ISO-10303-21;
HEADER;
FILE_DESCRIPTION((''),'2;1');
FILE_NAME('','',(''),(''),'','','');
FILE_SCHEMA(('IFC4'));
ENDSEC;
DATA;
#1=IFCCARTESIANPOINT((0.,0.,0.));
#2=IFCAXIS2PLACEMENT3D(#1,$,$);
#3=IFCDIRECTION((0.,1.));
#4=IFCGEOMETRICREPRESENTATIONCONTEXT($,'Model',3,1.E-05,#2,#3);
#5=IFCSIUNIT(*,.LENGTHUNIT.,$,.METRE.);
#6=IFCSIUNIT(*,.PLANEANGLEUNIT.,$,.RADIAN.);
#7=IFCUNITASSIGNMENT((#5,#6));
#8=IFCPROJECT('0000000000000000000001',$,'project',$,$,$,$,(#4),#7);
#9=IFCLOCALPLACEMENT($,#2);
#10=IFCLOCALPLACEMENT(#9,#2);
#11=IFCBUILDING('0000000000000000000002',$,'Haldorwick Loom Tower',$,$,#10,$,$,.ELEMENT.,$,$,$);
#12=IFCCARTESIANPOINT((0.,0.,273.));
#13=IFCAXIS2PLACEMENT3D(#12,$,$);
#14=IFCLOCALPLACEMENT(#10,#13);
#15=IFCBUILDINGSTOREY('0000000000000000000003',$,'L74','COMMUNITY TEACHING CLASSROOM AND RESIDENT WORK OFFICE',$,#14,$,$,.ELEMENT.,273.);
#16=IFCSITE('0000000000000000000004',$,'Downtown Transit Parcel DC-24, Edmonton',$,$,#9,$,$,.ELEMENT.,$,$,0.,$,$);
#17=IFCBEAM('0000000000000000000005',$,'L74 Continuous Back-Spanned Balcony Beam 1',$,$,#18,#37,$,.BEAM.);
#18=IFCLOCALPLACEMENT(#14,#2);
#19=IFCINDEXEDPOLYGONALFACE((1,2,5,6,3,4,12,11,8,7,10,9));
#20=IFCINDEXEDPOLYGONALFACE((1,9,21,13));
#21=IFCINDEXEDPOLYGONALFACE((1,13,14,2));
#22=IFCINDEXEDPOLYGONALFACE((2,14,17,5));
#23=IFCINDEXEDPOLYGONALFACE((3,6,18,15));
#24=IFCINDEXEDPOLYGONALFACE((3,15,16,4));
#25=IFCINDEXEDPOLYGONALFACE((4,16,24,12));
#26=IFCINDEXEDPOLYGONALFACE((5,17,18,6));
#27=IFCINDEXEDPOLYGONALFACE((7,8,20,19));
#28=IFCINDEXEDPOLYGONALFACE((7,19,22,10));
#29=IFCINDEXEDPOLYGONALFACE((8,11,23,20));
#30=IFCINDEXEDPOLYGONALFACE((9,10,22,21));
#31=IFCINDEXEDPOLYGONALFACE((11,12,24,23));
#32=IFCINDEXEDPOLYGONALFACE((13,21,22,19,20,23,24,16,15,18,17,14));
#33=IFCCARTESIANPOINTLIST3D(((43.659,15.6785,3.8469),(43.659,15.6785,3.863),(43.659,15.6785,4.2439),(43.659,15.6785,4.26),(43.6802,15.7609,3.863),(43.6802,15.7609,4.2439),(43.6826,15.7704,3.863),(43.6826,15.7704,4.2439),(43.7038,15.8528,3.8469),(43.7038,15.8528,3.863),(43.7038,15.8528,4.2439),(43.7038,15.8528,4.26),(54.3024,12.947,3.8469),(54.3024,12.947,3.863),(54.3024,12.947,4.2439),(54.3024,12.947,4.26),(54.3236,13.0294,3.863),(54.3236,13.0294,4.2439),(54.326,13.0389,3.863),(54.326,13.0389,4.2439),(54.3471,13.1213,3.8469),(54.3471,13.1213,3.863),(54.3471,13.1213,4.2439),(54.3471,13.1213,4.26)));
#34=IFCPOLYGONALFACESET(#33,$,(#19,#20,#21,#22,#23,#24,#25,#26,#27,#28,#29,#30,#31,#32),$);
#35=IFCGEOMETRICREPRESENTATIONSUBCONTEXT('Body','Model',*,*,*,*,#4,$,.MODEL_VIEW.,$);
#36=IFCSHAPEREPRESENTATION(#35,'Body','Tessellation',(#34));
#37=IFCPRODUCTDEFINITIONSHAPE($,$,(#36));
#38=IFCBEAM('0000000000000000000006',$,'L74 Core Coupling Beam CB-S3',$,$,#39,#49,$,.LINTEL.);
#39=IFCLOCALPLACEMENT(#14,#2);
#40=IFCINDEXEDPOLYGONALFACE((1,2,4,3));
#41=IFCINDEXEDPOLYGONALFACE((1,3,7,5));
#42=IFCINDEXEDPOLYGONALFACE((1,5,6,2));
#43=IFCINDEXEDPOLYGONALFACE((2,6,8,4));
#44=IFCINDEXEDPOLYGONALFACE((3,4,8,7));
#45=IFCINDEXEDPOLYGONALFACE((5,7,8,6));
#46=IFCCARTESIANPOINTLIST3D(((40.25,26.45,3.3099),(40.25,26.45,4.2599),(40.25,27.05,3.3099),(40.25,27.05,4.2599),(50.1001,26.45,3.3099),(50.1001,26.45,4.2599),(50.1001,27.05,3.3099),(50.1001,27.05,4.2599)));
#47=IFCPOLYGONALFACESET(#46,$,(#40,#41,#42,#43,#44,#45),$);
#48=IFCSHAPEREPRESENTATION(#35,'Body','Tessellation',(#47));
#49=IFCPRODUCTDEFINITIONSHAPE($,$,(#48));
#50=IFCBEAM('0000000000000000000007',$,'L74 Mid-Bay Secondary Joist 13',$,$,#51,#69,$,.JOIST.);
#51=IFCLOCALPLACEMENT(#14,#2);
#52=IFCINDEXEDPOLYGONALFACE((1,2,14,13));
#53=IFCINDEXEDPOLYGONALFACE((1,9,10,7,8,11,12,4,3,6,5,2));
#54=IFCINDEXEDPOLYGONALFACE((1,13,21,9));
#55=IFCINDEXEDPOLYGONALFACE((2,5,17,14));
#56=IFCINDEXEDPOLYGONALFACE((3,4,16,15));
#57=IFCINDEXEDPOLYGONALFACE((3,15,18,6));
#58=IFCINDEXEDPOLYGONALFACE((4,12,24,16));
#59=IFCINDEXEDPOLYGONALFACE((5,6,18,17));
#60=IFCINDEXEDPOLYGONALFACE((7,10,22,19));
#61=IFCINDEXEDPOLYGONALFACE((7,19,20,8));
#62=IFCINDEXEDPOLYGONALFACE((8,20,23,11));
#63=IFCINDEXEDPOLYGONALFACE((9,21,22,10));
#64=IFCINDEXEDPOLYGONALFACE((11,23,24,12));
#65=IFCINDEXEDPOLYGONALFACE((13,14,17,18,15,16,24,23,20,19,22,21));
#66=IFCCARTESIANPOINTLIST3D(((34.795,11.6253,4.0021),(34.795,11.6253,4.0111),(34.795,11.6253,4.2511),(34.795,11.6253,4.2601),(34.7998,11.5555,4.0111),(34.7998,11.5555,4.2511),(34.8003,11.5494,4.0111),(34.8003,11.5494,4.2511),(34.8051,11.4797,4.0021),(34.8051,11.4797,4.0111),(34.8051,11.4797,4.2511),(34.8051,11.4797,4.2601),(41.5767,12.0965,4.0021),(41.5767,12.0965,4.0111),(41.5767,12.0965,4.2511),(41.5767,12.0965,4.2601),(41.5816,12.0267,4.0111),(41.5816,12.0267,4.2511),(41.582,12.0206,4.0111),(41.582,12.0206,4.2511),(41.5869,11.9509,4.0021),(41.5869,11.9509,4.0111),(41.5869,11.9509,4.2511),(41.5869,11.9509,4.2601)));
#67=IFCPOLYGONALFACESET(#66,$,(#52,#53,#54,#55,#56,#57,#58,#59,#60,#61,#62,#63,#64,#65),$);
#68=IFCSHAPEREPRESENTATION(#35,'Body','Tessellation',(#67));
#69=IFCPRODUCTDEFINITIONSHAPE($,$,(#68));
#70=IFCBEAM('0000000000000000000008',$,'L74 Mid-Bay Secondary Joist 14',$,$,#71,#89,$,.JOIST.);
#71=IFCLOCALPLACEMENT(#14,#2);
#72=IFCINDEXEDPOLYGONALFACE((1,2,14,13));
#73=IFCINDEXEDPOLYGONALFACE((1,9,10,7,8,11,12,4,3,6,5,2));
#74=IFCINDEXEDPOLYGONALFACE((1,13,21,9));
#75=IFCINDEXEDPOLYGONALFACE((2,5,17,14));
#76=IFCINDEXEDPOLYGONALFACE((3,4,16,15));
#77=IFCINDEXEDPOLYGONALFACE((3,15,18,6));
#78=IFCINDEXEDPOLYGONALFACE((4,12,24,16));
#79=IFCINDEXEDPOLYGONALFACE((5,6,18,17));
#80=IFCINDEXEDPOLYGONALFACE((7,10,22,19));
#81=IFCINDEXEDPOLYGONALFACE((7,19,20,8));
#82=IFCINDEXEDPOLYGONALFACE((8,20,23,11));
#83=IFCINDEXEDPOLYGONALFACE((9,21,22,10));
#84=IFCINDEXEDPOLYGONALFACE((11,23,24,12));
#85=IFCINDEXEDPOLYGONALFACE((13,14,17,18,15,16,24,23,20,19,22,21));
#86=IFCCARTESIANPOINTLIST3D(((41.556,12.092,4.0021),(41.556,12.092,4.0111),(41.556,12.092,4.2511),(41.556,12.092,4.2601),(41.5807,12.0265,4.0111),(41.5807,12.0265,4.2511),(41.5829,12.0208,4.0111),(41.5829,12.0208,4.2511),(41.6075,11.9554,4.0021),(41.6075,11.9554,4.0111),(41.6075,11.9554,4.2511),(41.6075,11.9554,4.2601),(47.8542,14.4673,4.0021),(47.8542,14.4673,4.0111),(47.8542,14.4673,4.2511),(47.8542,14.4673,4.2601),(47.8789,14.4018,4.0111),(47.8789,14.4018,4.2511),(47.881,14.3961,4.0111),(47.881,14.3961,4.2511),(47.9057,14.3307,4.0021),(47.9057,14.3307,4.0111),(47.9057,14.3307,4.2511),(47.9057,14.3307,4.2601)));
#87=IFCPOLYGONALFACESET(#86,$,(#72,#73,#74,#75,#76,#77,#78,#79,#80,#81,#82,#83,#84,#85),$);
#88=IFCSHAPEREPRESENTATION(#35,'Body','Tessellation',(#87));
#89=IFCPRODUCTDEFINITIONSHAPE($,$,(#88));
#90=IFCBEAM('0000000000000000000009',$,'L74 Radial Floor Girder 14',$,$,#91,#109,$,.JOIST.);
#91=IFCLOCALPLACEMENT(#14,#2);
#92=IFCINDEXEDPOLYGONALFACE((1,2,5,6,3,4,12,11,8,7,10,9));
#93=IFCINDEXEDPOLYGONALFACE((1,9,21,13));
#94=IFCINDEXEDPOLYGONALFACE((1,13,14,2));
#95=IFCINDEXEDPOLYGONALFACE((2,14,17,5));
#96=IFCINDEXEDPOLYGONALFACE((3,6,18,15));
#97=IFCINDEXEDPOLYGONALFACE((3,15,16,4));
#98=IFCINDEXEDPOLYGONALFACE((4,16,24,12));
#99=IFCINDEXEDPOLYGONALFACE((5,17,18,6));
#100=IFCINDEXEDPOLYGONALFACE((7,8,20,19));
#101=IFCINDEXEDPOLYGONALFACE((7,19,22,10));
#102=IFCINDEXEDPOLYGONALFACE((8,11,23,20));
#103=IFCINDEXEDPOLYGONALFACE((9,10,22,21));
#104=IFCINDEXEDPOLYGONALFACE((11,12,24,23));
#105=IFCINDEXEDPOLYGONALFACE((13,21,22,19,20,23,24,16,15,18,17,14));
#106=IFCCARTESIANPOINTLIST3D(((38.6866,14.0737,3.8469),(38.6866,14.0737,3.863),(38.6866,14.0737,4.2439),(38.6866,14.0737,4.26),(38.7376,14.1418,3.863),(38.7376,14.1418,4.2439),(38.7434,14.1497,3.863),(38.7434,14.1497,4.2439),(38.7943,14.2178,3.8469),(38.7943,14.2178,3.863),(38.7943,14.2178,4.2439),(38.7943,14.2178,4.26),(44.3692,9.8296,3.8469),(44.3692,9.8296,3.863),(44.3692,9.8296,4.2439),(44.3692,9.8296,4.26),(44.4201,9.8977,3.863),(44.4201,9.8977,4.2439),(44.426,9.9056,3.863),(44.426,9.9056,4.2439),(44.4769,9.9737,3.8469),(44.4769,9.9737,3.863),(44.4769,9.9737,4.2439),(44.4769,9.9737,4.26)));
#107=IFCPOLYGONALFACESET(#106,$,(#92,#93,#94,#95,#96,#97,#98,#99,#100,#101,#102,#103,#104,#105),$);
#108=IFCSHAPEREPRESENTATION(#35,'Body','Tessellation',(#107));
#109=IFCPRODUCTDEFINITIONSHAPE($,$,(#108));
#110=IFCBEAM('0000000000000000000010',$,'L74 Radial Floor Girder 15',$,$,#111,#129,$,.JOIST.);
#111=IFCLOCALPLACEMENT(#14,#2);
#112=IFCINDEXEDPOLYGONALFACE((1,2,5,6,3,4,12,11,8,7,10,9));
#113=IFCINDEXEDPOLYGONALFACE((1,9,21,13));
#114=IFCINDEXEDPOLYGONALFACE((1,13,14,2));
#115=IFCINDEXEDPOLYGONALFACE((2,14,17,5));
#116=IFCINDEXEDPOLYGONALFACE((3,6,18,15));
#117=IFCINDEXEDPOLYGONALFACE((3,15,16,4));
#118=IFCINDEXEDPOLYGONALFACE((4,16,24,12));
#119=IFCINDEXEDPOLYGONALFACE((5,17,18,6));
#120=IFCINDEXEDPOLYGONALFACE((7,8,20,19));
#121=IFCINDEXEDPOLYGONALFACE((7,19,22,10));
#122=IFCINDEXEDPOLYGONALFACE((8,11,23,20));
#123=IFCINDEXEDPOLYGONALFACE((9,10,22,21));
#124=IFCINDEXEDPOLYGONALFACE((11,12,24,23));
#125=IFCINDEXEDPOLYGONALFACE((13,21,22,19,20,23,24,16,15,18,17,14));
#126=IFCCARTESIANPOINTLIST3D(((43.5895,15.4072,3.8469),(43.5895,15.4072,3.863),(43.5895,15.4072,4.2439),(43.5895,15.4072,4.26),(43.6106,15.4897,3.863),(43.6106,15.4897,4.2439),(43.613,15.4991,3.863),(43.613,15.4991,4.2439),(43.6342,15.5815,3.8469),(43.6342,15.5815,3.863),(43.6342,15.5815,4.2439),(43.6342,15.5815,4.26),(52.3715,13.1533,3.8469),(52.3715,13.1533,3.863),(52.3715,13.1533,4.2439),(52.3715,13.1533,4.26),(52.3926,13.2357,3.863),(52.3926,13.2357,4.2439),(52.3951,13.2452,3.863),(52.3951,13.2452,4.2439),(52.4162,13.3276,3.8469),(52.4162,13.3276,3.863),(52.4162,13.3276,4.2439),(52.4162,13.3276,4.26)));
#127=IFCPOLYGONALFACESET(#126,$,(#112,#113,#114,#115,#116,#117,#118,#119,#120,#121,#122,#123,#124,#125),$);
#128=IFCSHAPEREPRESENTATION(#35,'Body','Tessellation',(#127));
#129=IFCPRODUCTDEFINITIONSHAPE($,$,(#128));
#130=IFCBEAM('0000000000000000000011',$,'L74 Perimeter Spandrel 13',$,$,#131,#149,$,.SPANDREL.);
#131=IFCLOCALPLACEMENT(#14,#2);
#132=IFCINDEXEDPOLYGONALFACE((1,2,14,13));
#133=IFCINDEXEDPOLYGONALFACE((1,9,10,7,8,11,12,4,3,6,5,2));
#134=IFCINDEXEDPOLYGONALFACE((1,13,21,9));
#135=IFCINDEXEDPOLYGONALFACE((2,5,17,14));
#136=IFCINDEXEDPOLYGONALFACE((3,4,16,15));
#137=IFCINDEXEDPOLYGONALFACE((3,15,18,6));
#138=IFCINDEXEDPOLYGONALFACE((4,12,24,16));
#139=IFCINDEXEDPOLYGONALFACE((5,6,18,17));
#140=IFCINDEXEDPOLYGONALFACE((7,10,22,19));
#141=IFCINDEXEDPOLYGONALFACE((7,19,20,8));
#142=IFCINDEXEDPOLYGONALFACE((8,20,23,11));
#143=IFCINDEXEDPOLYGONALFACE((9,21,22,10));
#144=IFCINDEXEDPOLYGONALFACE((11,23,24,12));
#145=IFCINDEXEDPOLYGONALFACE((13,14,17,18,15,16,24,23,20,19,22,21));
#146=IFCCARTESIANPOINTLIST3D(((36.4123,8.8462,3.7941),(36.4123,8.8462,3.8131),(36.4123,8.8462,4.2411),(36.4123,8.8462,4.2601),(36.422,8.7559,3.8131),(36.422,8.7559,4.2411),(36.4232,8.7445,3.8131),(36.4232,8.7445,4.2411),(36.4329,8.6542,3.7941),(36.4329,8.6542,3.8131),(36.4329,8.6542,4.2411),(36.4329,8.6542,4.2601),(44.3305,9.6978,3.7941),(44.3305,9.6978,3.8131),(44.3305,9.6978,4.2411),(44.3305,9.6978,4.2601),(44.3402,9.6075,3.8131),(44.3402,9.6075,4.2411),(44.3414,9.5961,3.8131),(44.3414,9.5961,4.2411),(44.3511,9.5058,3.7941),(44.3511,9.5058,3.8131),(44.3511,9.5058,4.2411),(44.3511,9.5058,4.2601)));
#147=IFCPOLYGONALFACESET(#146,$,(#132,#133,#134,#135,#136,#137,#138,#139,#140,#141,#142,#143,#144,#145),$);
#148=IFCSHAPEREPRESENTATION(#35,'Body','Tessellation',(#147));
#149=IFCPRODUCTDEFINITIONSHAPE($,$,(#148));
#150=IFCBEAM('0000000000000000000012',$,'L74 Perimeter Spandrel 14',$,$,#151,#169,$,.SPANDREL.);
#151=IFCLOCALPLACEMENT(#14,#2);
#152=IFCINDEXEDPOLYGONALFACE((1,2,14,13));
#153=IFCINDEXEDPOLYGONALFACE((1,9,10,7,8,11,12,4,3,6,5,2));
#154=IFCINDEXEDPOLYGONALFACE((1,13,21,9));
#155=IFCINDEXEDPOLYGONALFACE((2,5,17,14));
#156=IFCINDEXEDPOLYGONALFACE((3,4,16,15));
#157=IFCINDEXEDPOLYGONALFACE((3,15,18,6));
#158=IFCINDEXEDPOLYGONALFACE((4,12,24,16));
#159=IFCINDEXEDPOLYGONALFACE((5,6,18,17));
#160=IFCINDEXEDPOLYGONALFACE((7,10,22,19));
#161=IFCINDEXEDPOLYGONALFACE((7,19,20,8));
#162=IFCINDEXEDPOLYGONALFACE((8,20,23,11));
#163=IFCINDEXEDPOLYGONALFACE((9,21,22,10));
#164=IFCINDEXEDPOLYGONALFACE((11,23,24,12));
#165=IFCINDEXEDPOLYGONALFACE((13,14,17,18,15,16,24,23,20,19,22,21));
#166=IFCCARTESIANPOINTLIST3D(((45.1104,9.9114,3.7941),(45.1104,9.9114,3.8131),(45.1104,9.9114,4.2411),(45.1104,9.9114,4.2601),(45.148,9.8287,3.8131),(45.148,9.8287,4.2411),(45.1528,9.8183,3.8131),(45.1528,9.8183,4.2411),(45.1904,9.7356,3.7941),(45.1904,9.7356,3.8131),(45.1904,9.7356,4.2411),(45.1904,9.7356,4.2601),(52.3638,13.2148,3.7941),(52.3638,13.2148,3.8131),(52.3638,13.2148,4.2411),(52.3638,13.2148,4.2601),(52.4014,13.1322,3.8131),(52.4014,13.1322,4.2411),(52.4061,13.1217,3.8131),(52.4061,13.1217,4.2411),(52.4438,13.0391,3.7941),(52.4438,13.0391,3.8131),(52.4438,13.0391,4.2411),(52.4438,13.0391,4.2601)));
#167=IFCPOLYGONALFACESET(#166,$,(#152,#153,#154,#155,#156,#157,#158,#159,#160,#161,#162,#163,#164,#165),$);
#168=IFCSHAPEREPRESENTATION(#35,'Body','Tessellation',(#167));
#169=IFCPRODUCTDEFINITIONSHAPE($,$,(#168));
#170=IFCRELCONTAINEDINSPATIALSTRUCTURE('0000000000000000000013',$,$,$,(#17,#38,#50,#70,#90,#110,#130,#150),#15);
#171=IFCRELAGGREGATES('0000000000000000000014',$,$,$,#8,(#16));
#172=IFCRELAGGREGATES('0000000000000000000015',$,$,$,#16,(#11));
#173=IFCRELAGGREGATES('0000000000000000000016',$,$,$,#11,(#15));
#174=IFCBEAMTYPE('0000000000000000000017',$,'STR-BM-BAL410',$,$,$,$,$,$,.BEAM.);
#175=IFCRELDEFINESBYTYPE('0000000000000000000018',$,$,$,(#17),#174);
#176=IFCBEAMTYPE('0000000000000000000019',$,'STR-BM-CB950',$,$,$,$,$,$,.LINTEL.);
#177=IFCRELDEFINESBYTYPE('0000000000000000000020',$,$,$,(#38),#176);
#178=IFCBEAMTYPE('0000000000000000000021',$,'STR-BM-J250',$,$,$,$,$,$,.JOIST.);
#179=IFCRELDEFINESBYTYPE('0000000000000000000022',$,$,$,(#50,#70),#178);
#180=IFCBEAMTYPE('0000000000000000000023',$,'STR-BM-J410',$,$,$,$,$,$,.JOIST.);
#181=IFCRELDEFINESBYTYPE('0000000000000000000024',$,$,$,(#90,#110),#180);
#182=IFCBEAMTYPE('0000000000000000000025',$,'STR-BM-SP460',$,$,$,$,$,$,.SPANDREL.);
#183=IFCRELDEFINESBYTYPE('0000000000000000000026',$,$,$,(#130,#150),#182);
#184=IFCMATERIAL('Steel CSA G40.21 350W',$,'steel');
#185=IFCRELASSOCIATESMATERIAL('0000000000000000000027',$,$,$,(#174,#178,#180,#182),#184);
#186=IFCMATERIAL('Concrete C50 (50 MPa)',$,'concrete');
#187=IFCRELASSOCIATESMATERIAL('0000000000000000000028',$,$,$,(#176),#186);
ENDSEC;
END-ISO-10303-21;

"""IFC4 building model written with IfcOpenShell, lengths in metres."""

from ifc_helpers import new_model, si_unit, direction, frame, origin, origin_2d, place, context, subcontext, project, spatial, rectangle, i_section, extrude, material, material_profile, profile_set, type_object, element, save


model = new_model("IFC4")

# Units and contexts
model_context = context("Model", 3, precision=1e-05, world=origin(), true_north=direction((0.0, 1.0)))
body_context = subcontext(model_context, "Body", "Model", "MODEL_VIEW")
ifc_project = project(units=[si_unit("LENGTHUNIT", "METRE"), si_unit("PLANEANGLEUNIT", "RADIAN")], contexts=[model_context])

# Site, building, storey
site_placement = place(None, origin())
site = spatial("IfcSite", under=ifc_project, at=site_placement, Name="Downtown Transit Parcel DC-24, Edmonton", CompositionType="ELEMENT", RefElevation=0.0)
building_placement = place(site_placement, origin())
building = spatial("IfcBuilding", under=site, at=building_placement, Name="Haldorwick Loom Tower", CompositionType="ELEMENT")
storey_placement = place(building_placement, frame((0.0, 0.0, 273.0)))
storey = spatial("IfcBuildingStorey", under=building, at=storey_placement, Name="L74", Description="COMMUNITY TEACHING CLASSROOM AND RESIDENT WORK OFFICE", CompositionType="ELEMENT", Elevation=273.0)

# Shared definitions
ifc_material_1 = material(Name="Concrete C50 (50 MPa)", Category="concrete")
ifc_material_2 = material(Name="Steel CSA G40.21 350W", Category="steel")

# Beams
ifc_material_profile_1 = material_profile(ifc_material_2, i_section(OverallWidth=0.1799, OverallDepth=0.4131, WebThickness=0.0098, FlangeThickness=0.0161, at=origin_2d()), Name="W410X74", Category="steel")
ifc_profile_set_1 = profile_set([ifc_material_profile_1], Name="Steel CSA G40.21 350W")
beam_type_1 = type_object("IfcBeamType", Name="STR-BM-BAL410", PredefinedType="BEAM", material=ifc_profile_set_1)
beam_1_placement = place(storey_placement, frame((43.6814, 15.7656, 4.0535), z_axis=(0.968611, -0.24858, 0.0), x_axis=(0.24858, 0.968611, 0.0)))
element("IfcBeam", 1, at=beam_1_placement, inside=storey, type_object=beam_type_1, Name="L74 Continuous Back-Spanned Balcony Beam 1", PredefinedType="BEAM", context=body_context, shape_type="SweptSolid", body=[
    extrude(i_section(OverallWidth=0.1799, OverallDepth=0.4131, WebThickness=0.0098, FlangeThickness=0.0161, at=origin_2d()), origin(), (0.0, 0.0, 1.0), 10.9883),
])
ifc_material_profile_2 = material_profile(ifc_material_1, rectangle(XDim=0.6001, YDim=0.95, at=origin_2d()), Name="RC600X950", Category="concrete")
ifc_profile_set_2 = profile_set([ifc_material_profile_2], Name="Concrete C50 (50 MPa)")
beam_type_2 = type_object("IfcBeamType", Name="STR-BM-CB950", PredefinedType="LINTEL", material=ifc_profile_set_2)
beam_2_placement = place(storey_placement, frame((40.25, 26.75, 3.7849), z_axis=(1.0, 0.0, 0.0), x_axis=(0.0, 1.0, 0.0)))
element("IfcBeam", 2, at=beam_2_placement, inside=storey, type_object=beam_type_2, Name="L74 Core Coupling Beam CB-S3", PredefinedType="LINTEL", context=body_context, shape_type="SweptSolid", body=[
    extrude(rectangle(XDim=0.6001, YDim=0.95, at=origin_2d()), origin(), (0.0, 0.0, 1.0), 9.8501),
])
ifc_material_profile_3 = material_profile(ifc_material_2, i_section(OverallWidth=0.146, OverallDepth=0.2581, WebThickness=0.0061, FlangeThickness=0.009, at=origin_2d()), Name="W250X33", Category="steel")
ifc_profile_set_3 = profile_set([ifc_material_profile_3], Name="Steel CSA G40.21 350W")
beam_type_3 = type_object("IfcBeamType", Name="STR-BM-J250", PredefinedType="JOIST", material=ifc_profile_set_3)
beam_3_placement = place(storey_placement, frame((34.8, 11.5525, 4.1311), z_axis=(0.997595, 0.069312, 0.0), x_axis=(-0.069312, 0.997595, 0.0)))
element("IfcBeam", 3, at=beam_3_placement, inside=storey, type_object=beam_type_3, Name="L74 Mid-Bay Secondary Joist 13", PredefinedType="JOIST", context=body_context, shape_type="SweptSolid", body=[
    extrude(i_section(OverallWidth=0.146, OverallDepth=0.2581, WebThickness=0.0061, FlangeThickness=0.009, at=origin_2d()), origin(), (0.0, 0.0, 1.0), 6.7981),
])
beam_4_placement = place(storey_placement, frame((41.5818, 12.0237, 4.1311), z_axis=(0.93567, 0.352876, 0.0), x_axis=(-0.352876, 0.93567, 0.0)))
element("IfcBeam", 4, at=beam_4_placement, inside=storey, type_object=beam_type_3, Name="L74 Mid-Bay Secondary Joist 14", PredefinedType="JOIST", context=body_context, shape_type="SweptSolid", body=[
    extrude(i_section(OverallWidth=0.146, OverallDepth=0.2581, WebThickness=0.0061, FlangeThickness=0.009, at=origin_2d()), origin(), (0.0, 0.0, 1.0), 6.7312),
])
ifc_material_profile_4 = material_profile(ifc_material_2, i_section(OverallWidth=0.1799, OverallDepth=0.4131, WebThickness=0.0098, FlangeThickness=0.0161, at=origin_2d()), Name="W410X74", Category="steel")
ifc_profile_set_4 = profile_set([ifc_material_profile_4], Name="Steel CSA G40.21 350W")
beam_type_4 = type_object("IfcBeamType", Name="STR-BM-J410", PredefinedType="JOIST", material=ifc_profile_set_4)
beam_5_placement = place(storey_placement, frame((38.7405, 14.1458, 4.0535), z_axis=(0.801205, -0.598391, 0.0), x_axis=(0.598391, 0.801205, 0.0)))
element("IfcBeam", 5, at=beam_5_placement, inside=storey, type_object=beam_type_4, Name="L74 Radial Floor Girder 14", PredefinedType="JOIST", context=body_context, shape_type="SweptSolid", body=[
    extrude(i_section(OverallWidth=0.1799, OverallDepth=0.4131, WebThickness=0.0098, FlangeThickness=0.0161, at=origin_2d()), origin(), (0.0, 0.0, 1.0), 7.0925),
])
beam_6_placement = place(storey_placement, frame((43.6118, 15.4944, 4.0535), z_axis=(0.968608, -0.248594, 0.0), x_axis=(0.248594, 0.968608, 0.0)))
element("IfcBeam", 6, at=beam_6_placement, inside=storey, type_object=beam_type_4, Name="L74 Radial Floor Girder 15", PredefinedType="JOIST", context=body_context, shape_type="SweptSolid", body=[
    extrude(i_section(OverallWidth=0.1799, OverallDepth=0.4131, WebThickness=0.0098, FlangeThickness=0.0161, at=origin_2d()), origin(), (0.0, 0.0, 1.0), 9.0667),
])
ifc_material_profile_5 = material_profile(ifc_material_2, i_section(OverallWidth=0.1931, OverallDepth=0.4661, WebThickness=0.0115, FlangeThickness=0.019, at=origin_2d()), Name="W460X97", Category="steel")
ifc_profile_set_5 = profile_set([ifc_material_profile_5], Name="Steel CSA G40.21 350W")
beam_type_5 = type_object("IfcBeamType", Name="STR-BM-SP460", PredefinedType="SPANDREL", material=ifc_profile_set_5)
beam_7_placement = place(storey_placement, frame((36.4226, 8.7502, 4.0271), z_axis=(0.994267, 0.106928, 0.0), x_axis=(-0.106928, 0.994267, 0.0)))
element("IfcBeam", 7, at=beam_7_placement, inside=storey, type_object=beam_type_5, Name="L74 Perimeter Spandrel 13", PredefinedType="SPANDREL", context=body_context, shape_type="SweptSolid", body=[
    extrude(i_section(OverallWidth=0.1931, OverallDepth=0.4661, WebThickness=0.0115, FlangeThickness=0.019, at=origin_2d()), origin(), (0.0, 0.0, 1.0), 7.9639),
])
beam_8_placement = place(storey_placement, frame((45.1504, 9.8235, 4.0271), z_axis=(0.910061, 0.414474, 0.0), x_axis=(-0.414474, 0.910061, 0.0)))
element("IfcBeam", 8, at=beam_8_placement, inside=storey, type_object=beam_type_5, Name="L74 Perimeter Spandrel 14", PredefinedType="SPANDREL", context=body_context, shape_type="SweptSolid", body=[
    extrude(i_section(OverallWidth=0.1931, OverallDepth=0.4661, WebThickness=0.0115, FlangeThickness=0.019, at=origin_2d()), origin(), (0.0, 0.0, 1.0), 7.9702),
])

save(model, "model.ifc")
